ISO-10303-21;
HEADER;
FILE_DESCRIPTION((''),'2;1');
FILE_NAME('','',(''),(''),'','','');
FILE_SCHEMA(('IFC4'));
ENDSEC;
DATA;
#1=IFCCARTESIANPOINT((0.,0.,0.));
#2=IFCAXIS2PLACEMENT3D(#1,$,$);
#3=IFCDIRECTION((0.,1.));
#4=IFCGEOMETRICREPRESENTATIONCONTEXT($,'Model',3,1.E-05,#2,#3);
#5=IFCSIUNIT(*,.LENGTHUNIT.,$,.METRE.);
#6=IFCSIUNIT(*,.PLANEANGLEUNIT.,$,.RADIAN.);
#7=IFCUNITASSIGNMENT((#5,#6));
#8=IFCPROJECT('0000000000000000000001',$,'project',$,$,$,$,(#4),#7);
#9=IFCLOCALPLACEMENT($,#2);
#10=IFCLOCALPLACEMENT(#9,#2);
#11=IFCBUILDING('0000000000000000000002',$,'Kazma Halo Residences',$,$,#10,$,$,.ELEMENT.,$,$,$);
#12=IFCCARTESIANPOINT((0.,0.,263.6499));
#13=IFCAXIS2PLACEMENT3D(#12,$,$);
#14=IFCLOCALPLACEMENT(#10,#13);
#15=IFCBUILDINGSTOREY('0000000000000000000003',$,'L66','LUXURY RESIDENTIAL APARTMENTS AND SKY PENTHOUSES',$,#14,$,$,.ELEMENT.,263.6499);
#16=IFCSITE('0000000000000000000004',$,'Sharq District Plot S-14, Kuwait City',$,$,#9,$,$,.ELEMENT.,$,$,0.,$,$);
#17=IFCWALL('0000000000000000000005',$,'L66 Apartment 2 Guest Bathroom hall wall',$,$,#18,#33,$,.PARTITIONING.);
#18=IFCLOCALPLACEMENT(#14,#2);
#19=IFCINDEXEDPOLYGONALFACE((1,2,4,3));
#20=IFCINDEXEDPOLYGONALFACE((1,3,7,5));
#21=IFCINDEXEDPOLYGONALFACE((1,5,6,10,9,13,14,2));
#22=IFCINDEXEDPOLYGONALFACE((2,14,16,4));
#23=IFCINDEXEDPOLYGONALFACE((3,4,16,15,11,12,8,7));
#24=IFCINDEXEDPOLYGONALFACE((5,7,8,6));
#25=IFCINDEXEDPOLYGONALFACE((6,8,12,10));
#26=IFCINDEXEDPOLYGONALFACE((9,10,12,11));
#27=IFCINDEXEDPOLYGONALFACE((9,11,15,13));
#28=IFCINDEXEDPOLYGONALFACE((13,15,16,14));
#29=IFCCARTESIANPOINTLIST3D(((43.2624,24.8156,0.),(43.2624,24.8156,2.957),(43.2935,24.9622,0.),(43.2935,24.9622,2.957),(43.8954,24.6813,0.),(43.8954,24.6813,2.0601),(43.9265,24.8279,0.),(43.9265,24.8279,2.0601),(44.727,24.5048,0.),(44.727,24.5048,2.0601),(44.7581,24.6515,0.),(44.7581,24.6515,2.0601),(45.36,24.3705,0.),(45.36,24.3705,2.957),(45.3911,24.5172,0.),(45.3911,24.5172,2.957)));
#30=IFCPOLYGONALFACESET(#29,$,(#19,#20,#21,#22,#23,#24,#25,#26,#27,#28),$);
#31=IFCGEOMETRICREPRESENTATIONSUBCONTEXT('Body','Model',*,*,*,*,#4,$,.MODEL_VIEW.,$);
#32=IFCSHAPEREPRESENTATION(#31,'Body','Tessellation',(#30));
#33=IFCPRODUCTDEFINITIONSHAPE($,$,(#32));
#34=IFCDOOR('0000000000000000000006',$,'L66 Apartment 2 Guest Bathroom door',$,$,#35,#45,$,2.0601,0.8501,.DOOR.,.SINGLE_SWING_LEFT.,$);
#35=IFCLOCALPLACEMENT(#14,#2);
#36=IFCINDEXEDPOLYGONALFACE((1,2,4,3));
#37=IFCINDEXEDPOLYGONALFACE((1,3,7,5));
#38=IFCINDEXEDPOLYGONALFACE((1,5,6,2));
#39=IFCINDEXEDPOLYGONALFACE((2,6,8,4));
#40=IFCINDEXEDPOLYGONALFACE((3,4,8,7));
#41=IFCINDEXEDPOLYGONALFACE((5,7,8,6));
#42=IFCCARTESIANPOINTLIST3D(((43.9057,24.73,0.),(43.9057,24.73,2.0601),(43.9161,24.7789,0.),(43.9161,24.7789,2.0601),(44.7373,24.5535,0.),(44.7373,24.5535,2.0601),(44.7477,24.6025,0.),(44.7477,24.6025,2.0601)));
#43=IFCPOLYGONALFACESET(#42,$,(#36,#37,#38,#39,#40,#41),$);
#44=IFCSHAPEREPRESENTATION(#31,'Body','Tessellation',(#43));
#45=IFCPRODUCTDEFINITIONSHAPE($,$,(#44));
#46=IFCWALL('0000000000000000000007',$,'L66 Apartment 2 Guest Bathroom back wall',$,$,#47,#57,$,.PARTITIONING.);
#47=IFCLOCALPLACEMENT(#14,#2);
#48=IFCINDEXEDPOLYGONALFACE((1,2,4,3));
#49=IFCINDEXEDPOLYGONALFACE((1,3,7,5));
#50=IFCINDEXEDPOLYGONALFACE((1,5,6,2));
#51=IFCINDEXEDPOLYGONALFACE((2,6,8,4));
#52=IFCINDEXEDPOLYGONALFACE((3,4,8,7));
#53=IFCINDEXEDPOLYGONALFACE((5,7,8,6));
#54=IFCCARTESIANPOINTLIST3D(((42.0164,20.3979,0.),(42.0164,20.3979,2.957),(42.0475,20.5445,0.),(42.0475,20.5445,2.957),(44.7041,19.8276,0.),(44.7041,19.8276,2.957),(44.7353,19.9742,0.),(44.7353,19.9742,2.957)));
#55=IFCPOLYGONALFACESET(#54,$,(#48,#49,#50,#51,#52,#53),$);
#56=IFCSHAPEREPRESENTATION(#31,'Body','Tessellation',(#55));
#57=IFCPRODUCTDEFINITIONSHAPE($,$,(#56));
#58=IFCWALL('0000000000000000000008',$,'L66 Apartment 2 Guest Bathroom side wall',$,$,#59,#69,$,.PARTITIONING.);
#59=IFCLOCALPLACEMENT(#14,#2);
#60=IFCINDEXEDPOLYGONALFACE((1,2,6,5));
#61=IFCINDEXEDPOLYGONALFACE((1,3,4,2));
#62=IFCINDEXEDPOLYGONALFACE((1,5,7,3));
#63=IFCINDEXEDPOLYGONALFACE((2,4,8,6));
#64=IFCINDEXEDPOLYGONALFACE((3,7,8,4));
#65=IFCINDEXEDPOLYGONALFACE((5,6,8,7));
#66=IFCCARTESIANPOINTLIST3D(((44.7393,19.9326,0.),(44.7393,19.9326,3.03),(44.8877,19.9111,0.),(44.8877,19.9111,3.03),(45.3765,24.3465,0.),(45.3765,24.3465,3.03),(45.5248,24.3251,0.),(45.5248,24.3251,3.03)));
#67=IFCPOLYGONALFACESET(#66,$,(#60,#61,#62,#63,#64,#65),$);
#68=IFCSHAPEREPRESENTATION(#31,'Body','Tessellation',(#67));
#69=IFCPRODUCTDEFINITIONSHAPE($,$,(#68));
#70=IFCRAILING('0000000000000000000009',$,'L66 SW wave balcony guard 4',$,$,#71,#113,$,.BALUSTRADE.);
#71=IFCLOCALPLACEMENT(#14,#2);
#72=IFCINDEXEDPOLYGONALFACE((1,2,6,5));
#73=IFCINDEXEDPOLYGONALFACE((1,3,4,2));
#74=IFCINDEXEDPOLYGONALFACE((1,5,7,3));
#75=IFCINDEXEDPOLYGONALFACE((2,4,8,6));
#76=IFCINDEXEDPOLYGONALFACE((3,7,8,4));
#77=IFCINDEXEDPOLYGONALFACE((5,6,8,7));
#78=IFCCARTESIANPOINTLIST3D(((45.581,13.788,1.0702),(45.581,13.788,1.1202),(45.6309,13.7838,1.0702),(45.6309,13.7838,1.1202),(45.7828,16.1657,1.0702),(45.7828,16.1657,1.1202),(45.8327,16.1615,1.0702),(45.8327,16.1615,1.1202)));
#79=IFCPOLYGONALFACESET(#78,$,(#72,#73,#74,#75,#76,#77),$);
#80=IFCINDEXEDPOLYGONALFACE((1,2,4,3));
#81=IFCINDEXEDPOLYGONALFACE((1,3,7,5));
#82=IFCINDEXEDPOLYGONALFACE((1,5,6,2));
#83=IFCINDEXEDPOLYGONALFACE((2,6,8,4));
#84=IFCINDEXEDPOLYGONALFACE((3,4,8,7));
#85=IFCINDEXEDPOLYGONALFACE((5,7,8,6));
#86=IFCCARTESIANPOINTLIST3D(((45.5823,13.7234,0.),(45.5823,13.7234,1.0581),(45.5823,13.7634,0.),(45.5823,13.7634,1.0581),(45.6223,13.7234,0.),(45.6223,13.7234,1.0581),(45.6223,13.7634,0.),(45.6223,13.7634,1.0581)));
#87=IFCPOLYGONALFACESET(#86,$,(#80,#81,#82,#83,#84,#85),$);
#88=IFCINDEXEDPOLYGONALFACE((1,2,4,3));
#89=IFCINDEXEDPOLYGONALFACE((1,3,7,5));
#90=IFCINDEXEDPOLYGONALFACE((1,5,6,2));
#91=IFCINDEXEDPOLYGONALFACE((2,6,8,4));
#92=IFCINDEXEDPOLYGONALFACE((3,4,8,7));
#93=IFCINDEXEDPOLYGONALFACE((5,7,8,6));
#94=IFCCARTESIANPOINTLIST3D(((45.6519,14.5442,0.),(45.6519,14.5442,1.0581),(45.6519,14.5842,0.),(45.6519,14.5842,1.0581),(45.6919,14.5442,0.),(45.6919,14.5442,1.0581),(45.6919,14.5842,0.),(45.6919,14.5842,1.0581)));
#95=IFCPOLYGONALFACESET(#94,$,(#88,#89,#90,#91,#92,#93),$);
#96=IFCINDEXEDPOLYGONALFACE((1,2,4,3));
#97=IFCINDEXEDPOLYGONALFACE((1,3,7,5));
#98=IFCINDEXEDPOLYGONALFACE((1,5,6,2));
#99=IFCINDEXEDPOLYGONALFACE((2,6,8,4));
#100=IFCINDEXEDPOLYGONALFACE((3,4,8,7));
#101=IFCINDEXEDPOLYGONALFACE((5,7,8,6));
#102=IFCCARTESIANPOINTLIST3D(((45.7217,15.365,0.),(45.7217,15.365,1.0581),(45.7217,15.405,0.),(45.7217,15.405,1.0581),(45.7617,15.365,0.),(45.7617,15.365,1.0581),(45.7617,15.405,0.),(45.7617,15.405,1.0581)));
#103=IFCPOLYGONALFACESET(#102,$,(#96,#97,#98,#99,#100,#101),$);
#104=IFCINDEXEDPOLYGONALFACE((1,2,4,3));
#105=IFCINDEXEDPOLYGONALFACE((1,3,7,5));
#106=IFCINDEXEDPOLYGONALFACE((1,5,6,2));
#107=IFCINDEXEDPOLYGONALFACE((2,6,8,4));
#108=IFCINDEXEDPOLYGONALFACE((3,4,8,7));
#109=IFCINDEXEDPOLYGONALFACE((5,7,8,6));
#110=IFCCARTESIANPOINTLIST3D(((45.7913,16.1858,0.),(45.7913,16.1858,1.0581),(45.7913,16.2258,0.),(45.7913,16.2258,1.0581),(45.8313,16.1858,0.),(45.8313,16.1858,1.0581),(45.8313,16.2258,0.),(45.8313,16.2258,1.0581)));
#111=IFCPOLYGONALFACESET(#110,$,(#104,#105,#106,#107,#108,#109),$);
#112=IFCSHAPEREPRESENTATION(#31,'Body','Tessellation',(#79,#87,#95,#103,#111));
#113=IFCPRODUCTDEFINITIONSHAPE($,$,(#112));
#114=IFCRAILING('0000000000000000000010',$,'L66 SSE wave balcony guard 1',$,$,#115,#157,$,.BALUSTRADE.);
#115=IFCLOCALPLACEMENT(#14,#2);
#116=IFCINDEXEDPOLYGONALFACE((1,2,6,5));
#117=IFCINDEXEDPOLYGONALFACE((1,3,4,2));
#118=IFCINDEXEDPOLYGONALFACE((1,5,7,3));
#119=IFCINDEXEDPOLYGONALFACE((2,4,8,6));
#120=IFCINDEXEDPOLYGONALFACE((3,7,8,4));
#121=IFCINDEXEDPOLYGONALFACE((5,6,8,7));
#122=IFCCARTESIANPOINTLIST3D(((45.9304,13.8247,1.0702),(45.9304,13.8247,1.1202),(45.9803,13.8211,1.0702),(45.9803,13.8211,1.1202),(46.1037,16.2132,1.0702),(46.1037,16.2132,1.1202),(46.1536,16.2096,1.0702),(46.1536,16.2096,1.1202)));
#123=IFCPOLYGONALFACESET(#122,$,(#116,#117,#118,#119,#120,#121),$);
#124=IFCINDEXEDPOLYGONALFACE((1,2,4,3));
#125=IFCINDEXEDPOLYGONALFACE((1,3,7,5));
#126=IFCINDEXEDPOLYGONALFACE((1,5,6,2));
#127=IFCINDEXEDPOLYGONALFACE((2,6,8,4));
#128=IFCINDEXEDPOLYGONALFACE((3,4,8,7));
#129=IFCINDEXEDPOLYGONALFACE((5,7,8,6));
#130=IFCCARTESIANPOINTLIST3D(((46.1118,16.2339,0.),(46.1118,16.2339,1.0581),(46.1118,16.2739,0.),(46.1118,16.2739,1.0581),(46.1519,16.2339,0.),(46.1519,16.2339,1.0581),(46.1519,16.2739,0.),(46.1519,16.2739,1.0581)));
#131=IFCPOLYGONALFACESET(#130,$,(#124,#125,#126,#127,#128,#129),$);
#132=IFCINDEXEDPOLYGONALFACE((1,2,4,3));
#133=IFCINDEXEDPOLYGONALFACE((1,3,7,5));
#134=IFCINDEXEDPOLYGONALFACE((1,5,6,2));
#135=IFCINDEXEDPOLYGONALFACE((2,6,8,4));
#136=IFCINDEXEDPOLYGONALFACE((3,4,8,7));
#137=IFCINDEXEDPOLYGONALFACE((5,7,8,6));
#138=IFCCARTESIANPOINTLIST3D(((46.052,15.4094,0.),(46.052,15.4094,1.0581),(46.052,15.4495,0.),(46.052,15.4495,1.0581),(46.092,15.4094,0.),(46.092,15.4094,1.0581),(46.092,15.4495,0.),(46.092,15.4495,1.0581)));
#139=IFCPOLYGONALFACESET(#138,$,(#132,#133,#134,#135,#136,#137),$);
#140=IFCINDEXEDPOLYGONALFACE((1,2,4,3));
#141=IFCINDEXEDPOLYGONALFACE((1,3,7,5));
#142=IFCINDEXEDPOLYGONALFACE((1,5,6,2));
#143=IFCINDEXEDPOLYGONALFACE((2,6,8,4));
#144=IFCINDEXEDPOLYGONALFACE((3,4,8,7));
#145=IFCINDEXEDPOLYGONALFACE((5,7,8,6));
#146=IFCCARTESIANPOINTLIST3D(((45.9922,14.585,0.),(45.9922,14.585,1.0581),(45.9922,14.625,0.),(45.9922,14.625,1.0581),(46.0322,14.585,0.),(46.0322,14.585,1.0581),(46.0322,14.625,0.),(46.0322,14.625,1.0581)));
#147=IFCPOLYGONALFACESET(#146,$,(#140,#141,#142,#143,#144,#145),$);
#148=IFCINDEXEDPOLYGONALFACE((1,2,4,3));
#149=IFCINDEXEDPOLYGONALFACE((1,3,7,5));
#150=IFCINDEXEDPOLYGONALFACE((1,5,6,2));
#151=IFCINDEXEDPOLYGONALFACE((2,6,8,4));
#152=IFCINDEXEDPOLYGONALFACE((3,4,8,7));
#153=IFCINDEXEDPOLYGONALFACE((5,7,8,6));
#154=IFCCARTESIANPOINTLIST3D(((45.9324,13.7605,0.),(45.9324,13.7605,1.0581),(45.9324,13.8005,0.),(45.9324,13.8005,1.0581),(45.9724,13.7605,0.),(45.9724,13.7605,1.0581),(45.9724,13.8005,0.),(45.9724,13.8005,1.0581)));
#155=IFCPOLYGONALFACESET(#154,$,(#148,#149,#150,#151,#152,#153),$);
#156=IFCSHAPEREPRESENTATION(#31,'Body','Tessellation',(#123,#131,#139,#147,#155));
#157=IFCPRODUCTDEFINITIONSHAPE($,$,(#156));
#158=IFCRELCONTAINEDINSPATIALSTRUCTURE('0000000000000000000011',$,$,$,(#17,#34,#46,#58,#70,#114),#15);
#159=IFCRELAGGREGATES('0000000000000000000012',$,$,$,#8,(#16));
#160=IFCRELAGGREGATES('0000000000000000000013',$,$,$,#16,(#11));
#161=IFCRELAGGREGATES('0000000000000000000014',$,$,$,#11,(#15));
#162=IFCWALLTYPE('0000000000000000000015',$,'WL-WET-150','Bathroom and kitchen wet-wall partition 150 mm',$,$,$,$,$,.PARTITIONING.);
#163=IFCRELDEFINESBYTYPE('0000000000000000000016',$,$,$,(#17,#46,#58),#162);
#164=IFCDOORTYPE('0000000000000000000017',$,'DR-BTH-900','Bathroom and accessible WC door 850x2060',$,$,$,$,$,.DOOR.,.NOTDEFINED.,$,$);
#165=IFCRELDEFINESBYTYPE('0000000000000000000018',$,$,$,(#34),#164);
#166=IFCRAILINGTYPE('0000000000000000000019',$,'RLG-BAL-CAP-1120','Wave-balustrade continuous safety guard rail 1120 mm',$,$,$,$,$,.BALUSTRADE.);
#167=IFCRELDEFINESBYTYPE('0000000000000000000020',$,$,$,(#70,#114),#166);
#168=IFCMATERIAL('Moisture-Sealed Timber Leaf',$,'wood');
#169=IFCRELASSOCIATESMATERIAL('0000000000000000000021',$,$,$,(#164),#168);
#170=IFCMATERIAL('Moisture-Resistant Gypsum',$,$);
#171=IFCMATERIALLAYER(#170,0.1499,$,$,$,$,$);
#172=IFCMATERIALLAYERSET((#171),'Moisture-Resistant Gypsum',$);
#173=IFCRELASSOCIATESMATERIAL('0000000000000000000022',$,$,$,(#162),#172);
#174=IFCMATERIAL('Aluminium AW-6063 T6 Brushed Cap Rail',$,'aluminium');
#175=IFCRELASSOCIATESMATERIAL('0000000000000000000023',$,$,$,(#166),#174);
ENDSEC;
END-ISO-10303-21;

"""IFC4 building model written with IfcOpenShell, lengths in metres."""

from ifc_helpers import new_model, si_unit, direction, frame, frame_2d, origin, origin_2d, place, context, subcontext, project, spatial, rectangle, extrude, material, layer, layer_set, type_object, element, fill, save


model = new_model("IFC4")

# Units and contexts
model_context = context("Model", 3, precision=1e-05, world=origin(), true_north=direction((0.0, 1.0)))
body_context = subcontext(model_context, "Body", "Model", "MODEL_VIEW")
ifc_project = project(units=[si_unit("LENGTHUNIT", "METRE"), si_unit("PLANEANGLEUNIT", "RADIAN")], contexts=[model_context])

# Site, building, storey
site_placement = place(None, origin())
site = spatial("IfcSite", under=ifc_project, at=site_placement, Name="Sharq District Plot S-14, Kuwait City", CompositionType="ELEMENT", RefElevation=0.0)
building_placement = place(site_placement, origin())
building = spatial("IfcBuilding", under=site, at=building_placement, Name="Kazma Halo Residences", CompositionType="ELEMENT")
storey_placement = place(building_placement, frame((0.0, 0.0, 263.6499)))
storey = spatial("IfcBuildingStorey", under=building, at=storey_placement, Name="L66", Description="LUXURY RESIDENTIAL APARTMENTS AND SKY PENTHOUSES", CompositionType="ELEMENT", Elevation=263.6499)

# Wall, opening, door
ifc_material_1 = material(Name="Moisture-Sealed Timber Leaf", Category="wood")
door_type = type_object("IfcDoorType", Name="DR-BTH-900", Description="Bathroom and accessible WC door 850x2060", OperationType="NOTDEFINED", PredefinedType="DOOR", material=ifc_material_1)
ifc_material_2 = material(Name="Moisture-Resistant Gypsum")
ifc_layer_1 = layer(ifc_material_2, 0.1499)
ifc_layer_set_1 = layer_set([ifc_layer_1], Name="Moisture-Resistant Gypsum")
wall_type_1 = type_object("IfcWallType", Name="WL-WET-150", Description="Bathroom and kitchen wet-wall partition 150 mm", PredefinedType="PARTITIONING", material=ifc_layer_set_1)
wall_1_placement = place(storey_placement, frame((43.2778, 24.8889, 0.0), z_axis=(0.0, 0.0, 1.0), x_axis=(0.978224, -0.207554, 0.0)))
wall_1 = element("IfcWall", 1, at=wall_1_placement, inside=storey, type_object=wall_type_1, Name="L66 Apartment 2 Guest Bathroom hall wall", PredefinedType="PARTITIONING", context=body_context, shape_type="SweptSolid", body=[
    extrude(rectangle(XDim=2.1443, YDim=0.1499, at=frame_2d((1.0723, 0.0))), origin(), (0.0, 0.0, 1.0), 2.957),
])
opening_1_placement = place(wall_1_placement, frame((0.6472, 0.0, 0.0)))
opening_1 = element("IfcOpeningElement", 2, at=opening_1_placement, cuts=wall_1, PredefinedType="OPENING", context=body_context, shape_type="SweptSolid", body=[
    extrude(rectangle(XDim=0.8501, YDim=2.0601, at=frame_2d((0.425, 1.03))), frame((0.0, 0.085, 0.0), z_axis=(0.0, -1.0, 0.0), x_axis=(1.0, 0.0, 0.0)), (0.0, 0.0, 1.0), 0.1699),
])
door_1_placement = place(opening_1_placement, origin())
door_1 = element("IfcDoor", 3, at=door_1_placement, inside=storey, type_object=door_type, Name="L66 Apartment 2 Guest Bathroom door", OperationType="SINGLE_SWING_LEFT", OverallHeight=2.0601, OverallWidth=0.8501, PredefinedType="DOOR", context=body_context, shape_type="SweptSolid", body=[
    extrude(rectangle(XDim=0.8501, YDim=2.0601, at=frame_2d((0.425, 1.03))), frame((0.0, 0.0249, 0.0), z_axis=(0.0, -1.0, 0.0), x_axis=(1.0, 0.0, 0.0)), (0.0, 0.0, 1.0), 0.05),
])
fill(opening_1, door_1)

# Walls
wall_2_placement = place(storey_placement, frame((42.032, 20.4712, 0.0), z_axis=(0.0, 0.0, 1.0), x_axis=(0.97822, -0.207569, 0.0)))
element("IfcWall", 4, at=wall_2_placement, inside=storey, type_object=wall_type_1, Name="L66 Apartment 2 Guest Bathroom back wall", PredefinedType="PARTITIONING", context=body_context, shape_type="SweptSolid", body=[
    extrude(rectangle(XDim=2.7476, YDim=0.1499, at=frame_2d((1.3738, 0.0))), origin(), (0.0, 0.0, 1.0), 2.957),
])
wall_3_placement = place(storey_placement, frame((45.4507, 24.3359, 0.0), z_axis=(0.0, 0.0, 1.0), x_axis=(-0.142877, -0.98974, 0.0)))
element("IfcWall", 5, at=wall_3_placement, inside=storey, type_object=wall_type_1, Name="L66 Apartment 2 Guest Bathroom side wall", PredefinedType="PARTITIONING", context=body_context, shape_type="SweptSolid", body=[
    extrude(rectangle(XDim=4.4597, YDim=0.1499, at=frame_2d((2.23, 0.0))), origin(), (0.0, 0.0, 1.0), 3.03),
])

# Railings
ifc_material_3 = material(Name="Aluminium AW-6063 T6 Brushed Cap Rail", Category="aluminium")
railing_type = type_object("IfcRailingType", Name="RLG-BAL-CAP-1120", Description="Wave-balustrade continuous safety guard rail 1120 mm", PredefinedType="BALUSTRADE", material=ifc_material_3)
railing_1_placement = place(storey_placement, frame((45.6023, 13.7434, 0.0)))
element("IfcRailing", 6, at=railing_1_placement, inside=storey, type_object=railing_type, Name="L66 SW wave balcony guard 4", PredefinedType="BALUSTRADE", context=body_context, shape_type="SweptSolid", body=[
    extrude(rectangle(XDim=0.05, YDim=0.05, at=origin_2d()), frame((0.0037, 0.0425, 1.0952), z_axis=(0.084566, 0.996418, 0.0), x_axis=(-0.996418, 0.084566, 0.0)), (0.0, 0.0, 1.0), 2.3862),
    extrude(rectangle(XDim=0.04, YDim=0.04, at=origin_2d()), origin(), (0.0, 0.0, 1.0), 1.0581),
    extrude(rectangle(XDim=0.04, YDim=0.04, at=origin_2d()), frame((0.0696, 0.8208, 0.0)), (0.0, 0.0, 1.0), 1.0581),
    extrude(rectangle(XDim=0.04, YDim=0.04, at=origin_2d()), frame((0.1394, 1.6416, 0.0)), (0.0, 0.0, 1.0), 1.0581),
    extrude(rectangle(XDim=0.04, YDim=0.04, at=origin_2d()), frame((0.209, 2.4624, 0.0)), (0.0, 0.0, 1.0), 1.0581),
])
railing_2_placement = place(storey_placement, frame((46.1318, 16.2539, 0.0)))
element("IfcRailing", 7, at=railing_2_placement, inside=storey, type_object=railing_type, Name="L66 SSE wave balcony guard 1", PredefinedType="BALUSTRADE", context=body_context, shape_type="SweptSolid", body=[
    extrude(rectangle(XDim=0.05, YDim=0.05, at=origin_2d()), frame((-0.0032, -0.0425, 1.0952), z_axis=(-0.072359, -0.997379, 0.0), x_axis=(0.997379, -0.072359, 0.0)), (0.0, 0.0, 1.0), 2.3948),
    extrude(rectangle(XDim=0.04, YDim=0.04, at=origin_2d()), origin(), (0.0, 0.0, 1.0), 1.0581),
    extrude(rectangle(XDim=0.04, YDim=0.04, at=origin_2d()), frame((-0.0598, -0.8245, 0.0)), (0.0, 0.0, 1.0), 1.0581),
    extrude(rectangle(XDim=0.04, YDim=0.04, at=origin_2d()), frame((-0.1196, -1.6489, 0.0)), (0.0, 0.0, 1.0), 1.0581),
    extrude(rectangle(XDim=0.04, YDim=0.04, at=origin_2d()), frame((-0.1794, -2.4734, 0.0)), (0.0, 0.0, 1.0), 1.0581),
])

save(model, "model.ifc")
